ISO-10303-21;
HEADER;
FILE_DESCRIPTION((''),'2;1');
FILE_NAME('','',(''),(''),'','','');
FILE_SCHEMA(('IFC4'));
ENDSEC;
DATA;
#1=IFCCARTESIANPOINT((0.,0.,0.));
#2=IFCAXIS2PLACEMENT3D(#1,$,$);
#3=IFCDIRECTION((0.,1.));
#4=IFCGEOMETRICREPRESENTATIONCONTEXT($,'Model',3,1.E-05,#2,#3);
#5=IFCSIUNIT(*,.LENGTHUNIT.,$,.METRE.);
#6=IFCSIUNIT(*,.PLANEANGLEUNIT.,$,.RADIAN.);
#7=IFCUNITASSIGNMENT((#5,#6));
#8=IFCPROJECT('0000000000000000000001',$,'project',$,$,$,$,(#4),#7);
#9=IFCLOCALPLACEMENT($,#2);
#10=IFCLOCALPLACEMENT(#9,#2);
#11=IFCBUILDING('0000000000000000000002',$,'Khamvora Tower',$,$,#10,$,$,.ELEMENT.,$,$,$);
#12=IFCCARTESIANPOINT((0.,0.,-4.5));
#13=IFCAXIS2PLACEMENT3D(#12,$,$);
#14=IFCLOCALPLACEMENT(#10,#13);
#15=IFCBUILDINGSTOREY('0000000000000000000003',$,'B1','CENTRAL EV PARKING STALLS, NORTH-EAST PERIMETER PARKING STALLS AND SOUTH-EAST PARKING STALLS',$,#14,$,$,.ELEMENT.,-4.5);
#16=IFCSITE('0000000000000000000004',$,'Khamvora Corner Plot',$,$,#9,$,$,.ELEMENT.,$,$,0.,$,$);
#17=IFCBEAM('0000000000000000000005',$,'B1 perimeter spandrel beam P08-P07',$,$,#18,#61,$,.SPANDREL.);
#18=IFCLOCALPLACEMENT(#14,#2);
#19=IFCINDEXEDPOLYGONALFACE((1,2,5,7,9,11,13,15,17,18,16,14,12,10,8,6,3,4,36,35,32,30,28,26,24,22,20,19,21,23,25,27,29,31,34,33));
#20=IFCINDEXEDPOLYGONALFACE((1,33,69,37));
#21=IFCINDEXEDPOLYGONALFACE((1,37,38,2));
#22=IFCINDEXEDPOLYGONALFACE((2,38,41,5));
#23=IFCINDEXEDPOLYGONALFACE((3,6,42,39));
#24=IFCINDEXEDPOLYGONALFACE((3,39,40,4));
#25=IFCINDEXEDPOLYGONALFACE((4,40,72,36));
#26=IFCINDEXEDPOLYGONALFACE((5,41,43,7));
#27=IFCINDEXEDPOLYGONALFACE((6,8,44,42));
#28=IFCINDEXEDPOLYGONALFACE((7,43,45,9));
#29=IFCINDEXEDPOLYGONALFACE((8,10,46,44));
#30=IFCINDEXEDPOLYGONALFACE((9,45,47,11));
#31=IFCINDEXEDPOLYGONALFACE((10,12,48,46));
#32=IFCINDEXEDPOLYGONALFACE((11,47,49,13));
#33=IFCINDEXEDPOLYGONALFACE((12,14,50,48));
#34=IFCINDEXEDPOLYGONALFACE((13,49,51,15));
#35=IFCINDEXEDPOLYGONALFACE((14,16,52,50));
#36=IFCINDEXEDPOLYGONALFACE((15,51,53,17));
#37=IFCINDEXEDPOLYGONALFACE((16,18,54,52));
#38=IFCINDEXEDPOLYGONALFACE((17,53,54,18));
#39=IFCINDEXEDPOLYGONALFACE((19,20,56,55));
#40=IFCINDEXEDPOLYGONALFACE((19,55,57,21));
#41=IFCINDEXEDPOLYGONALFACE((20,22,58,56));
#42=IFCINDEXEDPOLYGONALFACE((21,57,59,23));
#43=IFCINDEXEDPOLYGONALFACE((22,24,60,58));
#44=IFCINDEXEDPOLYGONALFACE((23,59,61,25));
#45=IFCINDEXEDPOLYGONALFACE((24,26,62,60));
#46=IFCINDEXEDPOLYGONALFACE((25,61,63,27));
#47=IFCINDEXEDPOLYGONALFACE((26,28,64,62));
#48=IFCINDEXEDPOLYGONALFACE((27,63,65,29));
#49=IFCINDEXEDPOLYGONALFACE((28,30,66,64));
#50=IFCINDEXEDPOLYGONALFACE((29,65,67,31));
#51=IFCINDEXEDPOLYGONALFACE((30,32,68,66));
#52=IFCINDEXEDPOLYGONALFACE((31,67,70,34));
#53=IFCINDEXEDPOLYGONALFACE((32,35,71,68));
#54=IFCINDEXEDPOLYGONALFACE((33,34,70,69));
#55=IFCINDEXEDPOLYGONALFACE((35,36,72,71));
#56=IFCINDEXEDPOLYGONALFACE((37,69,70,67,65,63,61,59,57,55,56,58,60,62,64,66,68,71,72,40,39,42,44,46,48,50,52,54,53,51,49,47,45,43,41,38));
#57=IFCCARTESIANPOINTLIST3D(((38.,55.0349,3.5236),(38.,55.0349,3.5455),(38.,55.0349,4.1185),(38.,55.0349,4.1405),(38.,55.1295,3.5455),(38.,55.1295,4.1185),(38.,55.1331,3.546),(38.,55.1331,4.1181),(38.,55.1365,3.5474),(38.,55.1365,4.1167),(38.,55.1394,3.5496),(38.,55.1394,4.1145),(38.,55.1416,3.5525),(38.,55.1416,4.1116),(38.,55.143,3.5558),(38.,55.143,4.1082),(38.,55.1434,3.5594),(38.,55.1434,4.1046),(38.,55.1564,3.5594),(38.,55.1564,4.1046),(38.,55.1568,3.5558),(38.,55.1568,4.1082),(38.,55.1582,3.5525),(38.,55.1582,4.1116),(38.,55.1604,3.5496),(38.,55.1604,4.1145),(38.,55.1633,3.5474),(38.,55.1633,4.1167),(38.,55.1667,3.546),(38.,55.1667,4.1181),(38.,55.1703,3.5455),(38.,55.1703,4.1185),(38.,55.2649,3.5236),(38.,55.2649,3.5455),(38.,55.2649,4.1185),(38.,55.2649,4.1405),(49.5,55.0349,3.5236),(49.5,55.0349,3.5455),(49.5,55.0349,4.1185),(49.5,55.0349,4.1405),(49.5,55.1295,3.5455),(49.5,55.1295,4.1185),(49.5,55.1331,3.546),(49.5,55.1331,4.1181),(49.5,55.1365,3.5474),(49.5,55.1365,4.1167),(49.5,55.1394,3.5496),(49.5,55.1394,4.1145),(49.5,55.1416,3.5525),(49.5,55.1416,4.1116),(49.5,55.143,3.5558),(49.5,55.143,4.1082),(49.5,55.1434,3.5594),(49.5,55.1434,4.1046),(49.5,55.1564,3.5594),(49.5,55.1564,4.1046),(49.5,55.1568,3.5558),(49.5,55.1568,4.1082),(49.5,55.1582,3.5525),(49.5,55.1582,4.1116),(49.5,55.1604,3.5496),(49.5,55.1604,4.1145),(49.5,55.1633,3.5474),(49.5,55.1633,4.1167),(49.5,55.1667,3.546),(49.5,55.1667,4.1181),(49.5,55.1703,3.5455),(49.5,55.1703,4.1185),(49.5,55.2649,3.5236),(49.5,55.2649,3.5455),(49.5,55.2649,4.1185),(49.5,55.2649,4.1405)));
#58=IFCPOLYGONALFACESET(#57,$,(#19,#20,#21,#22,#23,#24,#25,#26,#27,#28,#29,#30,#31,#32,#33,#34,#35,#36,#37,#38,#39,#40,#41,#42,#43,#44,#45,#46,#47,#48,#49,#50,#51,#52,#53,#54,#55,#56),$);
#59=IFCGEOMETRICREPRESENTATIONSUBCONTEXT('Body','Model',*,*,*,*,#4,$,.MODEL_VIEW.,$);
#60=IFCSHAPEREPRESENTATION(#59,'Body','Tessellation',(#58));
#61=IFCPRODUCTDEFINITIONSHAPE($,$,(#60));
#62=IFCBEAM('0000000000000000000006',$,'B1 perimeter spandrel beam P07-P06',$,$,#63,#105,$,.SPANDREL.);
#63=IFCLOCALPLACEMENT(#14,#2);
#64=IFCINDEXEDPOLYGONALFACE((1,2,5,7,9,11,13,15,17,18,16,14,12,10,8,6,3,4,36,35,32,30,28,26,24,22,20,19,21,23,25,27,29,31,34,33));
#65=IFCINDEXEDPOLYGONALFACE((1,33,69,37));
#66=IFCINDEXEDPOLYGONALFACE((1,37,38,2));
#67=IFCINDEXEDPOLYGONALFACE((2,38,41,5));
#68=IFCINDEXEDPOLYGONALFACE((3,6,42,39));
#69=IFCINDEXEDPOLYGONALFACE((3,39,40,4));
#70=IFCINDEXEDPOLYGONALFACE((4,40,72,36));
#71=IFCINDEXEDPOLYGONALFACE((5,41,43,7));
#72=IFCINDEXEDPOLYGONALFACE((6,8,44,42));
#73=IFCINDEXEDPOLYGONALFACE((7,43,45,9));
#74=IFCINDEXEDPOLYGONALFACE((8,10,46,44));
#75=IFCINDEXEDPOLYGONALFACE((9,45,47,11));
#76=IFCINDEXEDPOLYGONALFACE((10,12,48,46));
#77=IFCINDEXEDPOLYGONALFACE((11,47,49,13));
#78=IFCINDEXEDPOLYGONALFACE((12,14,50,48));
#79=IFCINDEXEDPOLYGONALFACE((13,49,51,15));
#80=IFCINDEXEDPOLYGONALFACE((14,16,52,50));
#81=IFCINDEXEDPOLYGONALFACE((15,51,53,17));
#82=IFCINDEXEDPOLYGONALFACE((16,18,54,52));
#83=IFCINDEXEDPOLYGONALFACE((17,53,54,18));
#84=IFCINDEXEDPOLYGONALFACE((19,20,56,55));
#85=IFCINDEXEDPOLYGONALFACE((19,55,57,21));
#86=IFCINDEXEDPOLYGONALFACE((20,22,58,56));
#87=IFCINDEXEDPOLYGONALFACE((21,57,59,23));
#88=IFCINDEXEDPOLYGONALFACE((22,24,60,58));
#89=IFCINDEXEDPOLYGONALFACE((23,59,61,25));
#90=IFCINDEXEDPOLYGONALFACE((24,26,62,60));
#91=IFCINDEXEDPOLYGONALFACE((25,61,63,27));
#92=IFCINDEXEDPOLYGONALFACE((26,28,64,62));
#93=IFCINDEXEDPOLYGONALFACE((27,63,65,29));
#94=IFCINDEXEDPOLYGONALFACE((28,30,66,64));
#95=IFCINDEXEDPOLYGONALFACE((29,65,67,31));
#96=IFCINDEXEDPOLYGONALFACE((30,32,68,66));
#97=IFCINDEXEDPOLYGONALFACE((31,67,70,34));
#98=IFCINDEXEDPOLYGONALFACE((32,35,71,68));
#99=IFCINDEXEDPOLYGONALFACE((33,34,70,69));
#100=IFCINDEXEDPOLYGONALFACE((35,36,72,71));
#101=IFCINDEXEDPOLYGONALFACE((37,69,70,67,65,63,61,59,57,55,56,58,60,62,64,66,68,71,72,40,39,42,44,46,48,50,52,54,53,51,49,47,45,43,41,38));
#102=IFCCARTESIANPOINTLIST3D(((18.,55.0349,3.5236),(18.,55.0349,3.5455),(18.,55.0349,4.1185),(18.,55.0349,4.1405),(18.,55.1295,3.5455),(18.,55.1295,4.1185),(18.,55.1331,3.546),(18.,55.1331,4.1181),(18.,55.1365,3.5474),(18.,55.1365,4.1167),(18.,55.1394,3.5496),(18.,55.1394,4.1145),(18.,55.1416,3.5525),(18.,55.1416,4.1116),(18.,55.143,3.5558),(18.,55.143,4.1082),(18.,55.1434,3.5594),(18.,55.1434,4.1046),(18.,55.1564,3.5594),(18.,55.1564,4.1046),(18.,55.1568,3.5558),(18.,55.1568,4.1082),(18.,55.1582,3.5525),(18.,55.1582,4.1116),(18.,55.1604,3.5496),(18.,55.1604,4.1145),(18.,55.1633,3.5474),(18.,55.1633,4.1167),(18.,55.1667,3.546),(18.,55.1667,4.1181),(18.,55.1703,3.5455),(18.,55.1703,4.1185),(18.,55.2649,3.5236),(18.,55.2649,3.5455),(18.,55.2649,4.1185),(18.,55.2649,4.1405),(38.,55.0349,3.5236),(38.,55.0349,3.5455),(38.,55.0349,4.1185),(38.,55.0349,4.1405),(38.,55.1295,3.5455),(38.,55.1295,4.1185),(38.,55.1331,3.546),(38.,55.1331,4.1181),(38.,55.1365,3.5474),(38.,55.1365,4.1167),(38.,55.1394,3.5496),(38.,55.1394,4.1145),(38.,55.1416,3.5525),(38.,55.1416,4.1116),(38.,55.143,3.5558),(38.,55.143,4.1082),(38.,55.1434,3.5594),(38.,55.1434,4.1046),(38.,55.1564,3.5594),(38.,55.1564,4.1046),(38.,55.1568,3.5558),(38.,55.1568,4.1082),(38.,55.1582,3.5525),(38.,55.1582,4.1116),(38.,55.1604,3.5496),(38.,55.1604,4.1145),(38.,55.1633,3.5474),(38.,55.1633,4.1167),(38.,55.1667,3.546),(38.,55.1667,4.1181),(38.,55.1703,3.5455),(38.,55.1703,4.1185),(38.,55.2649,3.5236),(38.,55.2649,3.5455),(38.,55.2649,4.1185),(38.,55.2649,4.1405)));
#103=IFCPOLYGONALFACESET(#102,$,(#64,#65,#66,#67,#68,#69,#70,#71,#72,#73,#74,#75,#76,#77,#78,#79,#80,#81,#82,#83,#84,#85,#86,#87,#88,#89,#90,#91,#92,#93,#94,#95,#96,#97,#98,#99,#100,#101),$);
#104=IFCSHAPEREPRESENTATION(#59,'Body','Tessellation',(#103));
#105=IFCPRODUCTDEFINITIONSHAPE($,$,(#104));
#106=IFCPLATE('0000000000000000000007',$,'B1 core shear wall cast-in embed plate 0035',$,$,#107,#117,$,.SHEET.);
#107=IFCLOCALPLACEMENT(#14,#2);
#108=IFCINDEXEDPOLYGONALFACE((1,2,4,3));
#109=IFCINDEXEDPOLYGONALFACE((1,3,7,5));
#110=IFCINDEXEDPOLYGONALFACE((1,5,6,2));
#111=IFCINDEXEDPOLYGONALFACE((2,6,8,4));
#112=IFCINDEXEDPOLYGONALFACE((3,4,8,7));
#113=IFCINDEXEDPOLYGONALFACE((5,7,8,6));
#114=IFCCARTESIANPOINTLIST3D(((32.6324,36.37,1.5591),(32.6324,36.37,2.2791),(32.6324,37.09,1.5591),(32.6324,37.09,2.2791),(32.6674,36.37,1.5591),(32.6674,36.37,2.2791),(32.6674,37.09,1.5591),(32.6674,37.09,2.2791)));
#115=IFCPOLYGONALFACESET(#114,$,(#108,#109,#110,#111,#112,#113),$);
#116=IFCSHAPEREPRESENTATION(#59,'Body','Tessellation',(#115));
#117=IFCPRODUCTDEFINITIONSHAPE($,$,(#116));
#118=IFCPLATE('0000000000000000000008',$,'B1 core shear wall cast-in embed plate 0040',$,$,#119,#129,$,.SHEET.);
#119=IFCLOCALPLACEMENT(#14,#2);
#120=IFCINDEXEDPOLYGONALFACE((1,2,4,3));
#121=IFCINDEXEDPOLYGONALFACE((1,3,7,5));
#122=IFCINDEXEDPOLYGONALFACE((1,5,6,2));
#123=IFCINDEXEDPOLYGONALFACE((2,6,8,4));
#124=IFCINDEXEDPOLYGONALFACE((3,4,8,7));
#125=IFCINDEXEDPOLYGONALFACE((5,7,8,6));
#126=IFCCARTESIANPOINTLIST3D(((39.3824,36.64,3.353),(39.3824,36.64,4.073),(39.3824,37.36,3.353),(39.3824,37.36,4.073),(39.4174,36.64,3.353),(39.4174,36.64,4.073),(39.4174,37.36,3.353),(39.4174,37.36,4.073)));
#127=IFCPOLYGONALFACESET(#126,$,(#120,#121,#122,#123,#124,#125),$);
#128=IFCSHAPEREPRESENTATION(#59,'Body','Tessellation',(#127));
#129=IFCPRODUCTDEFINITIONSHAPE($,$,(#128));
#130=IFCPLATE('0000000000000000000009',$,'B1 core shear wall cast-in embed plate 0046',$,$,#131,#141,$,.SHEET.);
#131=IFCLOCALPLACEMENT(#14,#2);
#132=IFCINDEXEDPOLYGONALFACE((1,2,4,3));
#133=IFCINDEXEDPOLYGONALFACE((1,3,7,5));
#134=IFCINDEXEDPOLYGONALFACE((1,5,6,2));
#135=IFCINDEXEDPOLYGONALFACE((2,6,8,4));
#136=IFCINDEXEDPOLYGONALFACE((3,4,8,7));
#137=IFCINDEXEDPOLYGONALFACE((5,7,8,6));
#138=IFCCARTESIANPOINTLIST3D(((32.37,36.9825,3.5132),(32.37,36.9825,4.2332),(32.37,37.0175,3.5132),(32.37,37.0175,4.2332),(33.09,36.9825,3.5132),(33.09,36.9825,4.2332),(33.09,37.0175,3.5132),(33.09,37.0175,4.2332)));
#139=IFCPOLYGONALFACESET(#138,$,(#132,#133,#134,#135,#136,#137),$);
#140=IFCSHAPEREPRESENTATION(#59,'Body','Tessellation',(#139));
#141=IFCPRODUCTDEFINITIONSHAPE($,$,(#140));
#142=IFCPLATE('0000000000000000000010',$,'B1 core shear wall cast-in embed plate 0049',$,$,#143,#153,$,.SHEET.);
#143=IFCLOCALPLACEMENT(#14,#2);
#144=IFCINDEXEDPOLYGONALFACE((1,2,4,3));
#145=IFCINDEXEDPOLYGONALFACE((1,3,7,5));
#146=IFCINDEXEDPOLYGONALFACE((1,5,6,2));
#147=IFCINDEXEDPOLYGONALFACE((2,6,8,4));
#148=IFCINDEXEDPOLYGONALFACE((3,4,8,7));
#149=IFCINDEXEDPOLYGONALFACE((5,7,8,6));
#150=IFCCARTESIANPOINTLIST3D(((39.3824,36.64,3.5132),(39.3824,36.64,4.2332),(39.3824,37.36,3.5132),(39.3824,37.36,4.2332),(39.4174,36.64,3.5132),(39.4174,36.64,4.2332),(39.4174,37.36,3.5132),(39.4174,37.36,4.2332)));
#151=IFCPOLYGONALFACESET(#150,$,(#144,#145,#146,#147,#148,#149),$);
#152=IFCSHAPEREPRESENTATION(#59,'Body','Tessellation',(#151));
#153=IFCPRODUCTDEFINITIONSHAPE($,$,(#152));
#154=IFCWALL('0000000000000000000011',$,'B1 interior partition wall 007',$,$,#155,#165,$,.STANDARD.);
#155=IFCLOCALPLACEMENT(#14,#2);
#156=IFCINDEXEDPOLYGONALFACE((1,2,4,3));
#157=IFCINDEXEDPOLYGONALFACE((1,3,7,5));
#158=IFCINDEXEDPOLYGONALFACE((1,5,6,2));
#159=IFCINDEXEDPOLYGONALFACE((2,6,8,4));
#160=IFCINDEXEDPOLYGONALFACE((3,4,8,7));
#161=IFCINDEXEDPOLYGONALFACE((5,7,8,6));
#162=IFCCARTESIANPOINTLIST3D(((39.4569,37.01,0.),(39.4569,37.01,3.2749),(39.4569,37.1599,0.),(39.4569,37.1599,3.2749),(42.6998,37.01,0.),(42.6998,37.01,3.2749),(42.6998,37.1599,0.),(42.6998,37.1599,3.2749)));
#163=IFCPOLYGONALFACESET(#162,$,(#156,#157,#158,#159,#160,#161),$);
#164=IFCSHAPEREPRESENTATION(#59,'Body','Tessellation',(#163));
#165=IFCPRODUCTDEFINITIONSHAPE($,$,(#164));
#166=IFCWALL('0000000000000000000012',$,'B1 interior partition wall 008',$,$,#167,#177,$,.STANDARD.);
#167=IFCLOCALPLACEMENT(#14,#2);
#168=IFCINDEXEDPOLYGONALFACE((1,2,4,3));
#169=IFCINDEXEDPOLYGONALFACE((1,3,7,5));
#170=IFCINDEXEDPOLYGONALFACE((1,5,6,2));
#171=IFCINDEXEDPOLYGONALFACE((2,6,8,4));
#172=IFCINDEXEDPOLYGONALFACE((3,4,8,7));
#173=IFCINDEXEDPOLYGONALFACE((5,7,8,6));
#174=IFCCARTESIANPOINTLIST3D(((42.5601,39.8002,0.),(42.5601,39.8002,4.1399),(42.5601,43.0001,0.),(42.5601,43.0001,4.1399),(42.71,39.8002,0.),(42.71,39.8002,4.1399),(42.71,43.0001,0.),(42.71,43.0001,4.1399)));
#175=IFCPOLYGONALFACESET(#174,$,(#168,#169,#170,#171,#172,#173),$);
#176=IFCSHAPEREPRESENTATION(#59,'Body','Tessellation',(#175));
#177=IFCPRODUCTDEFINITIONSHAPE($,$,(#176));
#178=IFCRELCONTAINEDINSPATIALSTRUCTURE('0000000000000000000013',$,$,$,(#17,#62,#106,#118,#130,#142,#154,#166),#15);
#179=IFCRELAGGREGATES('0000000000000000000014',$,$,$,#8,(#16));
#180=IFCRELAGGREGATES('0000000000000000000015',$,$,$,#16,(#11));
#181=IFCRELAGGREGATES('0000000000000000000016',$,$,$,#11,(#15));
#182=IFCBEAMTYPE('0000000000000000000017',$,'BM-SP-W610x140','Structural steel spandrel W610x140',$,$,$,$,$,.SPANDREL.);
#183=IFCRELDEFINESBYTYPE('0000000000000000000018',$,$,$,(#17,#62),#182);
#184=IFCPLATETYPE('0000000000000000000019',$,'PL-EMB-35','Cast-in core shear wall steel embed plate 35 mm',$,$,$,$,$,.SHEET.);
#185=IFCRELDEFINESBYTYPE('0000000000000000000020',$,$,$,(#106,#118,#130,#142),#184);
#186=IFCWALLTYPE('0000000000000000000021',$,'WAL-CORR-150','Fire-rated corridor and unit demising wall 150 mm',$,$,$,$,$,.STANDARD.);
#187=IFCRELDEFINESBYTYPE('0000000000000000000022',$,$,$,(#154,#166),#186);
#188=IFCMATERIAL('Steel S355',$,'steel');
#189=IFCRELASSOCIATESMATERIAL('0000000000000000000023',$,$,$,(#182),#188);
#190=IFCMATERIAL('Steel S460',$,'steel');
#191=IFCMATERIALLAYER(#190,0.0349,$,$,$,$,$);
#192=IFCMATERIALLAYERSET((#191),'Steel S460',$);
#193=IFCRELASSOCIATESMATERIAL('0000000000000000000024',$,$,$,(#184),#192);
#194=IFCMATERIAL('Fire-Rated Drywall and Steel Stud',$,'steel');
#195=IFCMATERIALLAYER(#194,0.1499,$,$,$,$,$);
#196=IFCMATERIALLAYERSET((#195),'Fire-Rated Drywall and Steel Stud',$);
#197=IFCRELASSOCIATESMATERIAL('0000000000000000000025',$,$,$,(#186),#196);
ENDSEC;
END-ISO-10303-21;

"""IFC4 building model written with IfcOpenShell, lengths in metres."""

from ifc_helpers import new_model, si_unit, direction, frame, frame_2d, origin, origin_2d, place, context, subcontext, project, spatial, rectangle, i_section, extrude, material, layer, layer_set, material_profile, profile_set, type_object, element, save


model = new_model("IFC4")

# Units and contexts
model_context = context("Model", 3, precision=1e-05, world=origin(), true_north=direction((0.0, 1.0)))
body_context = subcontext(model_context, "Body", "Model", "MODEL_VIEW")
ifc_project = project(units=[si_unit("LENGTHUNIT", "METRE"), si_unit("PLANEANGLEUNIT", "RADIAN")], contexts=[model_context])

# Site, building, storey
site_placement = place(None, origin())
site = spatial("IfcSite", under=ifc_project, at=site_placement, Name="Khamvora Corner Plot", CompositionType="ELEMENT", RefElevation=0.0)
building_placement = place(site_placement, origin())
building = spatial("IfcBuilding", under=site, at=building_placement, Name="Khamvora Tower", CompositionType="ELEMENT")
storey_placement = place(building_placement, frame((0.0, 0.0, -4.5)))
storey = spatial("IfcBuildingStorey", under=building, at=storey_placement, Name="B1", Description="CENTRAL EV PARKING STALLS, NORTH-EAST PERIMETER PARKING STALLS AND SOUTH-EAST PARKING STALLS", CompositionType="ELEMENT", Elevation=-4.5)

# Shared definitions
ifc_material_1 = material(Name="Steel S460", Category="steel")

# Beams
ifc_material_2 = material(Name="Steel S355", Category="steel")
ifc_material_profile_1 = material_profile(ifc_material_2, i_section(OverallWidth=0.23, OverallDepth=0.6169, WebThickness=0.0129, FlangeThickness=0.022, FilletRadius=0.0139, at=origin_2d()), Name="W610x140")
ifc_profile_set_1 = profile_set([ifc_material_profile_1], Name="Steel S355")
beam_type_1 = type_object("IfcBeamType", Name="BM-SP-W610x140", Description="Structural steel spandrel W610x140", PredefinedType="SPANDREL", material=ifc_profile_set_1)
beam_1_placement = place(storey_placement, frame((49.5, 55.1499, 3.832), z_axis=(-1.0, 0.0, 0.0), x_axis=(0.0, -1.0, 0.0)))
element("IfcBeam", 1, at=beam_1_placement, inside=storey, type_object=beam_type_1, Name="B1 perimeter spandrel beam P08-P07", PredefinedType="SPANDREL", context=body_context, shape_type="SweptSolid", body=[
    extrude(i_section(OverallWidth=0.23, OverallDepth=0.6169, WebThickness=0.0129, FlangeThickness=0.022, FilletRadius=0.0139, at=origin_2d()), origin(), (0.0, 0.0, 1.0), 11.5),
])
beam_2_placement = place(storey_placement, frame((38.0, 55.1499, 3.832), z_axis=(-1.0, 0.0, 0.0), x_axis=(0.0, -1.0, 0.0)))
element("IfcBeam", 2, at=beam_2_placement, inside=storey, type_object=beam_type_1, Name="B1 perimeter spandrel beam P07-P06", PredefinedType="SPANDREL", context=body_context, shape_type="SweptSolid", body=[
    extrude(i_section(OverallWidth=0.23, OverallDepth=0.6169, WebThickness=0.0129, FlangeThickness=0.022, FilletRadius=0.0139, at=origin_2d()), origin(), (0.0, 0.0, 1.0), 20.0),
])

# Plates
ifc_layer_1 = layer(ifc_material_1, 0.0349)
ifc_layer_set_1 = layer_set([ifc_layer_1], Name="Steel S460")
plate_type = type_object("IfcPlateType", Name="PL-EMB-35", Description="Cast-in core shear wall steel embed plate 35 mm", PredefinedType="SHEET", material=ifc_layer_set_1)
for number, where, z_axis, x_axis, name in (
    (3, (32.6499, 36.73, 1.5591), (0.0, 0.0, 1.0), (1.0, 0.0, 0.0), "B1 core shear wall cast-in embed plate 0035"),
    (4, (39.3999, 37.0, 3.353), (0.0, 0.0, 1.0), (1.0, 0.0, 0.0), "B1 core shear wall cast-in embed plate 0040"),
):
    element("IfcPlate", number, at=place(storey_placement, frame(where, z_axis=z_axis, x_axis=x_axis)), inside=storey, type_object=plate_type, Name=name, PredefinedType="SHEET", context=body_context, shape_type="SweptSolid", body=[
        extrude(rectangle(XDim=0.0349, YDim=0.72, at=origin_2d()), origin(), (0.0, 0.0, 1.0), 0.72),
    ])
plate_1_placement = place(storey_placement, frame((32.73, 37.0, 3.5132), z_axis=(0.0, 0.0, 1.0), x_axis=(1.0, 0.0, 0.0)))
element("IfcPlate", 5, at=plate_1_placement, inside=storey, type_object=plate_type, Name="B1 core shear wall cast-in embed plate 0046", PredefinedType="SHEET", context=body_context, shape_type="SweptSolid", body=[
    extrude(rectangle(XDim=0.72, YDim=0.0349, at=origin_2d()), origin(), (0.0, 0.0, 1.0), 0.72),
])
plate_2_placement = place(storey_placement, frame((39.3999, 37.0, 3.5132), z_axis=(0.0, 0.0, 1.0), x_axis=(1.0, 0.0, 0.0)))
element("IfcPlate", 6, at=plate_2_placement, inside=storey, type_object=plate_type, Name="B1 core shear wall cast-in embed plate 0049", PredefinedType="SHEET", context=body_context, shape_type="SweptSolid", body=[
    extrude(rectangle(XDim=0.0349, YDim=0.72, at=origin_2d()), origin(), (0.0, 0.0, 1.0), 0.72),
])

# Walls
ifc_material_3 = material(Name="Fire-Rated Drywall and Steel Stud", Category="steel")
ifc_layer_2 = layer(ifc_material_3, 0.1499)
ifc_layer_set_2 = layer_set([ifc_layer_2], Name="Fire-Rated Drywall and Steel Stud")
wall_type_1 = type_object("IfcWallType", Name="WAL-CORR-150", Description="Fire-rated corridor and unit demising wall 150 mm", PredefinedType="STANDARD", material=ifc_layer_set_2)
wall_1_placement = place(storey_placement, frame((42.7, 37.085, 0.0), z_axis=(0.0, 0.0, 1.0), x_axis=(-1.0, 0.0, 0.0)))
element("IfcWall", 7, at=wall_1_placement, inside=storey, type_object=wall_type_1, Name="B1 interior partition wall 007", PredefinedType="STANDARD", context=body_context, shape_type="SweptSolid", body=[
    extrude(rectangle(XDim=3.2429, YDim=0.1499, at=frame_2d((1.6216, 0.0))), origin(), (0.0, 0.0, 1.0), 3.2749),
])
wall_2_placement = place(storey_placement, frame((42.635, 39.8, 0.0), z_axis=(0.0, 0.0, 1.0), x_axis=(0.0, 1.0, 0.0)))
element("IfcWall", 8, at=wall_2_placement, inside=storey, type_object=wall_type_1, Name="B1 interior partition wall 008", PredefinedType="STANDARD", context=body_context, shape_type="SweptSolid", body=[
    extrude(rectangle(XDim=3.2, YDim=0.1499, at=frame_2d((1.6001, 0.0))), origin(), (0.0, 0.0, 1.0), 4.1399),
])

save(model, "model.ifc")
